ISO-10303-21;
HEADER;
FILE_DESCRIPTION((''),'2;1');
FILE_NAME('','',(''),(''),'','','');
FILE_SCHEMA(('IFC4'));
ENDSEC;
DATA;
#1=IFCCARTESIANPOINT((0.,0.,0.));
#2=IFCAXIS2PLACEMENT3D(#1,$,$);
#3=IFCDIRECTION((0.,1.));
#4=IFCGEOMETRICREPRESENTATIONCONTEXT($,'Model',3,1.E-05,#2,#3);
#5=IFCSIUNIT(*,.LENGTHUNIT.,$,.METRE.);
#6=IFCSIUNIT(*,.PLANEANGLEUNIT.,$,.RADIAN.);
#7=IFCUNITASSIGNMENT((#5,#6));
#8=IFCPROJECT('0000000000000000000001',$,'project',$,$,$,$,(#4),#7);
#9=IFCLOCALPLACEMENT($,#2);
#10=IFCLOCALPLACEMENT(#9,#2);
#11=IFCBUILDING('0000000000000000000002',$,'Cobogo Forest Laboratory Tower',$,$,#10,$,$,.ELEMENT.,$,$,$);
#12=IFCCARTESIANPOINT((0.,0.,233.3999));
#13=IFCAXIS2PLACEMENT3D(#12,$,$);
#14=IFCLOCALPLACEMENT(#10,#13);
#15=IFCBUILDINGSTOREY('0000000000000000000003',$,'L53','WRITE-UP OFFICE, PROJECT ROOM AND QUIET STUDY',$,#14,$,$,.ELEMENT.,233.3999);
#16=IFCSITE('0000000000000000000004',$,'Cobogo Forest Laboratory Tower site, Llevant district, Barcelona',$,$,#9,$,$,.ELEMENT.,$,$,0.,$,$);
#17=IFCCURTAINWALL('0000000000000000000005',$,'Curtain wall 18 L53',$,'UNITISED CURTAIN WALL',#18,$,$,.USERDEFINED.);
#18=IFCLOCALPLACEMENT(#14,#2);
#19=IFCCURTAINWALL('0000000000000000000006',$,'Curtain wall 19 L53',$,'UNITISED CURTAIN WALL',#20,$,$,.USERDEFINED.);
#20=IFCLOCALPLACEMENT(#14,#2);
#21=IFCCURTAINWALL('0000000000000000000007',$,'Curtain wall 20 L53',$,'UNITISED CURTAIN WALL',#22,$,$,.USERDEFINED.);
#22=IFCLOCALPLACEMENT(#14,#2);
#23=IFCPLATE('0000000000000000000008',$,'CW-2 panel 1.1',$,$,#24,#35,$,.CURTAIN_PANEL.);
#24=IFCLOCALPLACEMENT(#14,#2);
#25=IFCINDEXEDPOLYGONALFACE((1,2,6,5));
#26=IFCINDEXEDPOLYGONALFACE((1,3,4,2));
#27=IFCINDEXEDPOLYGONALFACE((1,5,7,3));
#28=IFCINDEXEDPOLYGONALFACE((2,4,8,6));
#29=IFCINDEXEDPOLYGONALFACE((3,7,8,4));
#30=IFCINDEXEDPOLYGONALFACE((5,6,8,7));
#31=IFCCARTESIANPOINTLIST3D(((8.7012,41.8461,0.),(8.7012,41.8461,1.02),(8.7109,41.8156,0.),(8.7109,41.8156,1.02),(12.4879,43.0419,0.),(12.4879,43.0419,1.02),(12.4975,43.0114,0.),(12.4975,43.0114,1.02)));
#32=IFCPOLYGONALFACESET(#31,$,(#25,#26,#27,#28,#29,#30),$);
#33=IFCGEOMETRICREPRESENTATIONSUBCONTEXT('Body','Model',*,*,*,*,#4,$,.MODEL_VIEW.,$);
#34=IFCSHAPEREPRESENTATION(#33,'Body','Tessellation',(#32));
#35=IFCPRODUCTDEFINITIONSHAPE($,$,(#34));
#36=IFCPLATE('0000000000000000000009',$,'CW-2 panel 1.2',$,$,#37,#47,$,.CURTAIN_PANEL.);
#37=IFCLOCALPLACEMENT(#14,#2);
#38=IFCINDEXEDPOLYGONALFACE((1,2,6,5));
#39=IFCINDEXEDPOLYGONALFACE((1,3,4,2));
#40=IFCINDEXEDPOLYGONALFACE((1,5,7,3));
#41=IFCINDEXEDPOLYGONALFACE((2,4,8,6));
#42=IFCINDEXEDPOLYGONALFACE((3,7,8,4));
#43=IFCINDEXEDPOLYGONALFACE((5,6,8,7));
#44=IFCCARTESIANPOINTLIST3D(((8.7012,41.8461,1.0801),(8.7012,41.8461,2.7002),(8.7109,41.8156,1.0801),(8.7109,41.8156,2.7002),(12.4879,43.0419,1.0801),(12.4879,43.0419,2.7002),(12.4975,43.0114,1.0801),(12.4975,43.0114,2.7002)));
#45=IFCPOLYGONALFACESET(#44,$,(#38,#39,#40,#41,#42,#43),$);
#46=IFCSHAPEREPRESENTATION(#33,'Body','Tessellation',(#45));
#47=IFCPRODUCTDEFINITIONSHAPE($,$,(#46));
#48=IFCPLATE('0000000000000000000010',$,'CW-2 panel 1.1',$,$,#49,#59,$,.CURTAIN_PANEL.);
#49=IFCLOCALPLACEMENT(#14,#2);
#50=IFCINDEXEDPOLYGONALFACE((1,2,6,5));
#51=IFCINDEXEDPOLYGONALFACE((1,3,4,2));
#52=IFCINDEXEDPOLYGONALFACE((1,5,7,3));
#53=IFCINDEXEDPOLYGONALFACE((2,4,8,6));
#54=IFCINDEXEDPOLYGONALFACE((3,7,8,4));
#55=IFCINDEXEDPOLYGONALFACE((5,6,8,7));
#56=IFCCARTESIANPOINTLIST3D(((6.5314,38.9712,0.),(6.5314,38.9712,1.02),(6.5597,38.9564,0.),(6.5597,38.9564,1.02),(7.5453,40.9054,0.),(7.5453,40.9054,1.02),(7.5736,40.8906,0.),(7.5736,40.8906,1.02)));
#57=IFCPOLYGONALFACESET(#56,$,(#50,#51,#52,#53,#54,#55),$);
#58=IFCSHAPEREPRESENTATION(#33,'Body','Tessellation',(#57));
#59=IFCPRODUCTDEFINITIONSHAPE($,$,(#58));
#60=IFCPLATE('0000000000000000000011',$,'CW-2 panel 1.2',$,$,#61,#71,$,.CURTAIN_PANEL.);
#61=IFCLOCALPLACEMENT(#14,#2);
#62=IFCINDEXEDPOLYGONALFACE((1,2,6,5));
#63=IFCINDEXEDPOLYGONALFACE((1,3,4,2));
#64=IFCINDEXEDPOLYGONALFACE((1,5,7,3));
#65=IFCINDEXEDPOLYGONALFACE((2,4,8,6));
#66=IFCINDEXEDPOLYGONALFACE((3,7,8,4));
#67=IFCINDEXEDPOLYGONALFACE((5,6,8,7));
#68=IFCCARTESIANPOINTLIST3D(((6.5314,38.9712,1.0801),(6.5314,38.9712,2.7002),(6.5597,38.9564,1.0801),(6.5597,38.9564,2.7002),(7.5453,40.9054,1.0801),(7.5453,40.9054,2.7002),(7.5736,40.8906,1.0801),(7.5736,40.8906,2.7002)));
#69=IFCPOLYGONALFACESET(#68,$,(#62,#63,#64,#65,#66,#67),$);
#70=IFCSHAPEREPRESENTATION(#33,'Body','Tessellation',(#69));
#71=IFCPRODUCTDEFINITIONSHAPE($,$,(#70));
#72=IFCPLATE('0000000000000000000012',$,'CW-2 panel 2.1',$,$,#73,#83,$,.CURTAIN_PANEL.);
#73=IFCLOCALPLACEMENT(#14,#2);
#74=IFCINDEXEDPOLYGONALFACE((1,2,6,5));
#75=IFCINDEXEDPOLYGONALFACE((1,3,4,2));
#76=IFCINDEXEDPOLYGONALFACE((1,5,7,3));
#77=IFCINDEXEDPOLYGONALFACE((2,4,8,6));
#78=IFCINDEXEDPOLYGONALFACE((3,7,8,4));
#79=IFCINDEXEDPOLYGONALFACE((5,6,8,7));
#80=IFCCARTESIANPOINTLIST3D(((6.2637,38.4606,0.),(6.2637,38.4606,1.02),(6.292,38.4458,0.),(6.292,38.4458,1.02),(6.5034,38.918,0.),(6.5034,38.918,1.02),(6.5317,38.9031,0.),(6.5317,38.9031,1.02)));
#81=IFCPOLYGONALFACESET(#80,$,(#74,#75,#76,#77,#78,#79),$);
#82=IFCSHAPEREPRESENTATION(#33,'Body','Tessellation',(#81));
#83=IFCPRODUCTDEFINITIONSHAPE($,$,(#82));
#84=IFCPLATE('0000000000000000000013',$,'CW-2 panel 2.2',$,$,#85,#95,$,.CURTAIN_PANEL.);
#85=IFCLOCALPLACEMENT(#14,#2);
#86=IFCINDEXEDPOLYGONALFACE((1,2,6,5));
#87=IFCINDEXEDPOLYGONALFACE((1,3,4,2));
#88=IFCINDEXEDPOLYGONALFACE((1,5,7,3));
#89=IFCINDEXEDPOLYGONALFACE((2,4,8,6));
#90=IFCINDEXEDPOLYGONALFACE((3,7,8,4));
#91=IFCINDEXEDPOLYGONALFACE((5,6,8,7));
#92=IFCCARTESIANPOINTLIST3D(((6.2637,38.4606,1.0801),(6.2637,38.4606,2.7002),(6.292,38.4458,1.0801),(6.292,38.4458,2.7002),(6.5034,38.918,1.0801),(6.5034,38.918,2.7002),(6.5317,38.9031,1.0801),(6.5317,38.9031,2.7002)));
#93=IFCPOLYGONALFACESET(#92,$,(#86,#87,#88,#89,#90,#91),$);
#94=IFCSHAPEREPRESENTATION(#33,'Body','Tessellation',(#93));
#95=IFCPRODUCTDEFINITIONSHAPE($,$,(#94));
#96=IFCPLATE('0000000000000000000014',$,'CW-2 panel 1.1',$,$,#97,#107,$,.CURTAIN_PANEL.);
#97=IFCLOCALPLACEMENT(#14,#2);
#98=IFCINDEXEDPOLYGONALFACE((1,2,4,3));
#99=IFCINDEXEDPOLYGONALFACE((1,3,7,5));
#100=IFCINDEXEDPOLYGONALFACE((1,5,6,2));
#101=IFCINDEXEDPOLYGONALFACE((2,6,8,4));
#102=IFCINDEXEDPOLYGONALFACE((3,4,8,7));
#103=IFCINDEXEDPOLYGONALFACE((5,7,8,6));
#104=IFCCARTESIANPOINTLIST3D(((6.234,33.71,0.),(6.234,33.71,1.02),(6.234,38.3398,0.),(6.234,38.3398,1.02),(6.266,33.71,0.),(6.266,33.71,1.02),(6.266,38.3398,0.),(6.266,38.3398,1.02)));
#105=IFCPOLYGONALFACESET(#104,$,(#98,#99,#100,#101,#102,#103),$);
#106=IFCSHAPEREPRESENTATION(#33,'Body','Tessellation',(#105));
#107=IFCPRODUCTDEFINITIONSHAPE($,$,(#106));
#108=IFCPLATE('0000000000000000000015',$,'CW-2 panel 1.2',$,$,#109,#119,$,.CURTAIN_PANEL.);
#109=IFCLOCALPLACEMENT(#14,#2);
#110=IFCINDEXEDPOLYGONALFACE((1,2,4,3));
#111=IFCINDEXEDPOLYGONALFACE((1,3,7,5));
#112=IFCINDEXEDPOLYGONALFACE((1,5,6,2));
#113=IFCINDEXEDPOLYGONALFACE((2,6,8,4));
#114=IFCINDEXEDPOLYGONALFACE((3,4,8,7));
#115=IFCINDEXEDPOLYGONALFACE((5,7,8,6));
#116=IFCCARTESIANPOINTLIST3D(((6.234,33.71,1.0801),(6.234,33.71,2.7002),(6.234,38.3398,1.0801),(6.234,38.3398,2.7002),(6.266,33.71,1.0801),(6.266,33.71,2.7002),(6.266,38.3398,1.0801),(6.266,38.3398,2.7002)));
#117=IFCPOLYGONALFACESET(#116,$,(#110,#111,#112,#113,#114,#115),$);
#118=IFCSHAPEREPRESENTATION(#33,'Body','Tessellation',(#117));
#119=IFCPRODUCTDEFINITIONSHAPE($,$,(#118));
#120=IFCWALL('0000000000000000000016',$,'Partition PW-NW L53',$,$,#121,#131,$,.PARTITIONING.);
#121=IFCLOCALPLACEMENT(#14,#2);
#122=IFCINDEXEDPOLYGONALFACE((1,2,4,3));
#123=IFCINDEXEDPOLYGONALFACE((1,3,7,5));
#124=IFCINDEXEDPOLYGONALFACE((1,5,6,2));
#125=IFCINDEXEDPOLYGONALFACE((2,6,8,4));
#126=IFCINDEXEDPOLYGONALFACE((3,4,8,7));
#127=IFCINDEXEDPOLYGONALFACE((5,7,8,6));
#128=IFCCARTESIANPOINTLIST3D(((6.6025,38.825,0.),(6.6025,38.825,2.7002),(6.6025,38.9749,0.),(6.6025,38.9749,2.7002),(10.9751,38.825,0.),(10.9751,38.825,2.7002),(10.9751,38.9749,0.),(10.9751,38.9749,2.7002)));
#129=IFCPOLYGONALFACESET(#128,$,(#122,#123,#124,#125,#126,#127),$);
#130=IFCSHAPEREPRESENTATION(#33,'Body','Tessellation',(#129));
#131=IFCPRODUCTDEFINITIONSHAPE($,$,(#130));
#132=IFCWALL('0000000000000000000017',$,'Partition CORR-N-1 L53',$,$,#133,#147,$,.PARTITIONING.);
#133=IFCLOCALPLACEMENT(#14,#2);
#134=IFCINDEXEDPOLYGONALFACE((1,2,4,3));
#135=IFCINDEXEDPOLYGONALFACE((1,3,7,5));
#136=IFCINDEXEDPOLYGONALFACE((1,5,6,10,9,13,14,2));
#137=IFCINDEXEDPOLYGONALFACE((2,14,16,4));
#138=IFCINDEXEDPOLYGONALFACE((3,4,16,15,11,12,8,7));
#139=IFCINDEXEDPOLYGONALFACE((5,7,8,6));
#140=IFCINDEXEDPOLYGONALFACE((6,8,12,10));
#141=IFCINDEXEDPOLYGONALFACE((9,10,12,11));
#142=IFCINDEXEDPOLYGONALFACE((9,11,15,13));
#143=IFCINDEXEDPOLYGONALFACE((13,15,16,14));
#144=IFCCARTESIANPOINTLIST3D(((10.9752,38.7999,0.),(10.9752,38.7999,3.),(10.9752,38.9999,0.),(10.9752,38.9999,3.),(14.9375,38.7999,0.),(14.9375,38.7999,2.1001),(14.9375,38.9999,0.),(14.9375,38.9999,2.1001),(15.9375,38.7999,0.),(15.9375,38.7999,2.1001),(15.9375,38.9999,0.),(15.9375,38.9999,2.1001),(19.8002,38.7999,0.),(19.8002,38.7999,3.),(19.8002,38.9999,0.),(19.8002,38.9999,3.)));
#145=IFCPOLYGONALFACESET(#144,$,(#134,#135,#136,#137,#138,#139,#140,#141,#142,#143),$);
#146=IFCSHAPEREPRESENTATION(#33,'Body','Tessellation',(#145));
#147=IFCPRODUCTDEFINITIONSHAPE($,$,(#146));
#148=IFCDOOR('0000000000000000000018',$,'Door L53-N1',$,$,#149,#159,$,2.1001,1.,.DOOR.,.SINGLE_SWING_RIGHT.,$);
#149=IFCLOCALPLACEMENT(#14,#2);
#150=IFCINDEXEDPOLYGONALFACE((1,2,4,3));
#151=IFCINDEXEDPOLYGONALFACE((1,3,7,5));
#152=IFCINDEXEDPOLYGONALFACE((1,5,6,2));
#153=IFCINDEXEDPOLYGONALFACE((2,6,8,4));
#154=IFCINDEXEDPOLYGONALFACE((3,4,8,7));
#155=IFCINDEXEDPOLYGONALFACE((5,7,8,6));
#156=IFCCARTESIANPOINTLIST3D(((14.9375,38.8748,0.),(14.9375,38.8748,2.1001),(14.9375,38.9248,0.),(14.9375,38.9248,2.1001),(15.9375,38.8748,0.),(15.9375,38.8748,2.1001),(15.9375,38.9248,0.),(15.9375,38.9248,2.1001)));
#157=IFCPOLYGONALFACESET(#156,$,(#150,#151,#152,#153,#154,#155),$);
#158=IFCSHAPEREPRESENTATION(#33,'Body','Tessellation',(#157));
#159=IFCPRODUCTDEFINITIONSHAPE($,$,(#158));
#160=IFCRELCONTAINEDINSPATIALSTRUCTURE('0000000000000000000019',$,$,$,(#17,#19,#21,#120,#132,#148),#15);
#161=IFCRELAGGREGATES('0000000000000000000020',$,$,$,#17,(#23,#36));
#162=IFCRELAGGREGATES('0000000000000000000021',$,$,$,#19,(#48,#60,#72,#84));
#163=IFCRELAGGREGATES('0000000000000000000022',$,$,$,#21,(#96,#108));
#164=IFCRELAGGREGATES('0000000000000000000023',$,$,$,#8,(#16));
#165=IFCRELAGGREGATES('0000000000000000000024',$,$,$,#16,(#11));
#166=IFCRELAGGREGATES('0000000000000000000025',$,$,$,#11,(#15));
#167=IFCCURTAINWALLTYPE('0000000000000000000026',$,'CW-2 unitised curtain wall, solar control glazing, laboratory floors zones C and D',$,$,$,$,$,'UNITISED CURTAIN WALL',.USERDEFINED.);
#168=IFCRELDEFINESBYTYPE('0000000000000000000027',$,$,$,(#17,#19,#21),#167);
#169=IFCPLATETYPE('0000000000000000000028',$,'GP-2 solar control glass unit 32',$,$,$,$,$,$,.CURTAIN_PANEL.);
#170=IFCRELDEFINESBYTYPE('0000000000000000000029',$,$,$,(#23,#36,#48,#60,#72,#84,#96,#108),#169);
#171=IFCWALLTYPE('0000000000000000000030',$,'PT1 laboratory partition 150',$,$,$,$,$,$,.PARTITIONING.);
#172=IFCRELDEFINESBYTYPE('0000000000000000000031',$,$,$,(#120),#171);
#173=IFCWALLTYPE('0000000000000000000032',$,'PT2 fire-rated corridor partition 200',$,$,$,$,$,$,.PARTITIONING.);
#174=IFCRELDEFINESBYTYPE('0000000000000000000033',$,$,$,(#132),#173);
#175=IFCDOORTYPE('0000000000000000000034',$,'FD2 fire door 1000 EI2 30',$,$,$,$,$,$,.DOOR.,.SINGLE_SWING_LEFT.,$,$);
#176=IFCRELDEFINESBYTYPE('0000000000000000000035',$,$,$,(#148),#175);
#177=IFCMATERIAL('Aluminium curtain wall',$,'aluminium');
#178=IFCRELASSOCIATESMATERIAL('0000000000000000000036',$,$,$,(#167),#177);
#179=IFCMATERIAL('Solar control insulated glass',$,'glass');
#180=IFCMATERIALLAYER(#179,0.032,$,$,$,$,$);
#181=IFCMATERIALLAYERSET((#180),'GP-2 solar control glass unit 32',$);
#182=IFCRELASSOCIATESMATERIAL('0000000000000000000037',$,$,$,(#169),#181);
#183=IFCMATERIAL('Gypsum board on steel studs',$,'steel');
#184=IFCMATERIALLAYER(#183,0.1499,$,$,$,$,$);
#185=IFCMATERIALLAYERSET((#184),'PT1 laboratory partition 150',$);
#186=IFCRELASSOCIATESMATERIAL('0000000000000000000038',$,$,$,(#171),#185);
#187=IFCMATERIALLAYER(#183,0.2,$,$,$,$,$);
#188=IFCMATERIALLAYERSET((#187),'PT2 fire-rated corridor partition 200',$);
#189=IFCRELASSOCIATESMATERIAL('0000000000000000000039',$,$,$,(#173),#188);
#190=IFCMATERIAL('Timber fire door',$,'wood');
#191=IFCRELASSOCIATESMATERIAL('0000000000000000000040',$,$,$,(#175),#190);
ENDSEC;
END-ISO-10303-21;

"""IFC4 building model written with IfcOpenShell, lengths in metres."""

from ifc_helpers import new_model, si_unit, direction, frame, frame_2d, origin, origin_2d, place, context, subcontext, project, spatial, rectangle, extrude, material, layer, layer_set, type_object, element, fill, aggregate, save


model = new_model("IFC4")

# Units and contexts
model_context = context("Model", 3, precision=1e-05, world=origin(), true_north=direction((0.0, 1.0)))
body_context = subcontext(model_context, "Body", "Model", "MODEL_VIEW")
ifc_project = project(units=[si_unit("LENGTHUNIT", "METRE"), si_unit("PLANEANGLEUNIT", "RADIAN")], contexts=[model_context])

# Site, building, storey
site_placement = place(None, origin())
site = spatial("IfcSite", under=ifc_project, at=site_placement, Name="Cobogo Forest Laboratory Tower site, Llevant district, Barcelona", CompositionType="ELEMENT", RefElevation=0.0)
building_placement = place(site_placement, origin())
building = spatial("IfcBuilding", under=site, at=building_placement, Name="Cobogo Forest Laboratory Tower", CompositionType="ELEMENT")
storey_placement = place(building_placement, frame((0.0, 0.0, 233.3999)))
storey = spatial("IfcBuildingStorey", under=building, at=storey_placement, Name="L53", Description="WRITE-UP OFFICE, PROJECT ROOM AND QUIET STUDY", CompositionType="ELEMENT", Elevation=233.3999)

# Curtain wall
ifc_material_1 = material(Name="Aluminium curtain wall", Category="aluminium")
curtain_wall_type = type_object("IfcCurtainWallType", Name="CW-2 unitised curtain wall, solar control glazing, laboratory floors zones C and D", ElementType="UNITISED CURTAIN WALL", PredefinedType="USERDEFINED", material=ifc_material_1)
curtain_wall_1_placement = place(storey_placement, origin())
curtain_wall_1 = element("IfcCurtainWall", 1, at=curtain_wall_1_placement, inside=storey, type_object=curtain_wall_type, Name="Curtain wall 18 L53", ObjectType="UNITISED CURTAIN WALL", PredefinedType="USERDEFINED")

# Curtain walls
curtain_wall_2_placement = place(storey_placement, origin())
curtain_wall_2 = element("IfcCurtainWall", 2, at=curtain_wall_2_placement, inside=storey, type_object=curtain_wall_type, Name="Curtain wall 19 L53", ObjectType="UNITISED CURTAIN WALL", PredefinedType="USERDEFINED")
curtain_wall_3_placement = place(storey_placement, origin())
curtain_wall_3 = element("IfcCurtainWall", 3, at=curtain_wall_3_placement, inside=storey, type_object=curtain_wall_type, Name="Curtain wall 20 L53", ObjectType="UNITISED CURTAIN WALL", PredefinedType="USERDEFINED")

# Plates
ifc_material_2 = material(Name="Solar control insulated glass", Category="glass")
ifc_layer_1 = layer(ifc_material_2, 0.032)
ifc_layer_set_1 = layer_set([ifc_layer_1], Name="GP-2 solar control glass unit 32")
plate_type = type_object("IfcPlateType", Name="GP-2 solar control glass unit 32", PredefinedType="CURTAIN_PANEL", material=ifc_layer_set_1)
plate_1_placement = place(storey_placement, frame((10.5994, 42.4287, 0.0), z_axis=(0.0, 0.0, 1.0), x_axis=(-0.953581, -0.301136, 0.0)))
plate_1 = element("IfcPlate", 4, at=plate_1_placement, type_object=plate_type, Name="CW-2 panel 1.1", PredefinedType="CURTAIN_PANEL", context=body_context, shape_type="SweptSolid", body=[
    extrude(rectangle(XDim=3.9709, YDim=0.032, at=origin_2d()), origin(), (0.0, 0.0, 1.0), 1.02),
])
plate_2_placement = place(storey_placement, frame((10.5994, 42.4287, 1.0801), z_axis=(0.0, 0.0, 1.0), x_axis=(-0.953581, -0.301136, 0.0)))
plate_2 = element("IfcPlate", 5, at=plate_2_placement, type_object=plate_type, Name="CW-2 panel 1.2", PredefinedType="CURTAIN_PANEL", context=body_context, shape_type="SweptSolid", body=[
    extrude(rectangle(XDim=3.9709, YDim=0.032, at=origin_2d()), origin(), (0.0, 0.0, 1.0), 1.6201),
])
aggregate(curtain_wall_1, [plate_1, plate_2])
plate_3_placement = place(storey_placement, frame((7.0525, 39.9309, 0.0), z_axis=(0.0, 0.0, 1.0), x_axis=(-0.464284, -0.885686, 0.0)))
plate_3 = element("IfcPlate", 6, at=plate_3_placement, type_object=plate_type, Name="CW-2 panel 1.1", PredefinedType="CURTAIN_PANEL", context=body_context, shape_type="SweptSolid", body=[
    extrude(rectangle(XDim=2.1838, YDim=0.032, at=origin_2d()), origin(), (0.0, 0.0, 1.0), 1.02),
])
plate_4_placement = place(storey_placement, frame((7.0525, 39.9309, 1.0801), z_axis=(0.0, 0.0, 1.0), x_axis=(-0.464284, -0.885686, 0.0)))
plate_4 = element("IfcPlate", 7, at=plate_4_placement, type_object=plate_type, Name="CW-2 panel 1.2", PredefinedType="CURTAIN_PANEL", context=body_context, shape_type="SweptSolid", body=[
    extrude(rectangle(XDim=2.1838, YDim=0.032, at=origin_2d()), origin(), (0.0, 0.0, 1.0), 1.6201),
])
plate_5_placement = place(storey_placement, frame((6.3977, 38.6819, 0.0), z_axis=(0.0, 0.0, 1.0), x_axis=(-0.464284, -0.885686, 0.0)))
plate_5 = element("IfcPlate", 8, at=plate_5_placement, type_object=plate_type, Name="CW-2 panel 2.1", PredefinedType="CURTAIN_PANEL", context=body_context, shape_type="SweptSolid", body=[
    extrude(rectangle(XDim=0.5164, YDim=0.032, at=origin_2d()), origin(), (0.0, 0.0, 1.0), 1.02),
])
plate_6_placement = place(storey_placement, frame((6.3977, 38.6819, 1.0801), z_axis=(0.0, 0.0, 1.0), x_axis=(-0.464284, -0.885686, 0.0)))
plate_6 = element("IfcPlate", 9, at=plate_6_placement, type_object=plate_type, Name="CW-2 panel 2.2", PredefinedType="CURTAIN_PANEL", context=body_context, shape_type="SweptSolid", body=[
    extrude(rectangle(XDim=0.5164, YDim=0.032, at=origin_2d()), origin(), (0.0, 0.0, 1.0), 1.6201),
])
aggregate(curtain_wall_2, [plate_3, plate_4, plate_5, plate_6])
plate_7_placement = place(storey_placement, frame((6.25, 36.0249, 0.0), z_axis=(0.0, 0.0, 1.0), x_axis=(0.0, -1.0, 0.0)))
plate_7 = element("IfcPlate", 10, at=plate_7_placement, type_object=plate_type, Name="CW-2 panel 1.1", PredefinedType="CURTAIN_PANEL", context=body_context, shape_type="SweptSolid", body=[
    extrude(rectangle(XDim=4.6299, YDim=0.032, at=origin_2d()), origin(), (0.0, 0.0, 1.0), 1.02),
])
plate_8_placement = place(storey_placement, frame((6.25, 36.0249, 1.0801), z_axis=(0.0, 0.0, 1.0), x_axis=(0.0, -1.0, 0.0)))
plate_8 = element("IfcPlate", 11, at=plate_8_placement, type_object=plate_type, Name="CW-2 panel 1.2", PredefinedType="CURTAIN_PANEL", context=body_context, shape_type="SweptSolid", body=[
    extrude(rectangle(XDim=4.6299, YDim=0.032, at=origin_2d()), origin(), (0.0, 0.0, 1.0), 1.6201),
])
aggregate(curtain_wall_3, [plate_7, plate_8])

# Wall
ifc_material_3 = material(Name="Gypsum board on steel studs", Category="steel")
ifc_layer_2 = layer(ifc_material_3, 0.1499)
ifc_layer_set_2 = layer_set([ifc_layer_2], Name="PT1 laboratory partition 150")
wall_type_1 = type_object("IfcWallType", Name="PT1 laboratory partition 150", PredefinedType="PARTITIONING", material=ifc_layer_set_2)
wall_1_placement = place(storey_placement, frame((6.6025, 38.8999, 0.0), z_axis=(0.0, 0.0, 1.0), x_axis=(1.0, 0.0, 0.0)))
element("IfcWall", 12, at=wall_1_placement, inside=storey, type_object=wall_type_1, Name="Partition PW-NW L53", PredefinedType="PARTITIONING", context=body_context, shape_type="SweptSolid", body=[
    extrude(rectangle(XDim=4.3726, YDim=0.1499, at=frame_2d((2.1863, 0.0))), origin(), (0.0, 0.0, 1.0), 2.7002),
])

# Wall, opening, door
ifc_layer_3 = layer(ifc_material_3, 0.2)
ifc_layer_set_3 = layer_set([ifc_layer_3], Name="PT2 fire-rated corridor partition 200")
wall_type_2 = type_object("IfcWallType", Name="PT2 fire-rated corridor partition 200", PredefinedType="PARTITIONING", material=ifc_layer_set_3)
wall_2_placement = place(storey_placement, frame((10.9751, 38.8999, 0.0), z_axis=(0.0, 0.0, 1.0), x_axis=(1.0, 0.0, 0.0)))
wall_2 = element("IfcWall", 13, at=wall_2_placement, inside=storey, type_object=wall_type_2, Name="Partition CORR-N-1 L53", PredefinedType="PARTITIONING", context=body_context, shape_type="SweptSolid", body=[
    extrude(rectangle(XDim=8.825, YDim=0.2, at=frame_2d((4.4126, 0.0))), origin(), (0.0, 0.0, 1.0), 3.0),
])
opening_placement = place(wall_2_placement, frame((3.9624, 0.0, 0.0)))
opening = element("IfcOpeningElement", 14, at=opening_placement, cuts=wall_2, PredefinedType="OPENING", context=body_context, shape_type="SweptSolid", body=[
    extrude(rectangle(XDim=1.0, YDim=2.1001, at=frame_2d((0.5, 1.05))), frame((0.0, 0.1099, 0.0), z_axis=(0.0, -1.0, 0.0), x_axis=(1.0, 0.0, 0.0)), (0.0, 0.0, 1.0), 0.22),
])
ifc_material_4 = material(Name="Timber fire door", Category="wood")
door_type = type_object("IfcDoorType", Name="FD2 fire door 1000 EI2 30", OperationType="SINGLE_SWING_LEFT", PredefinedType="DOOR", material=ifc_material_4)
door_placement = place(opening_placement, origin())
door = element("IfcDoor", 15, at=door_placement, inside=storey, type_object=door_type, Name="Door L53-N1", OperationType="SINGLE_SWING_RIGHT", OverallHeight=2.1001, OverallWidth=1.0, PredefinedType="DOOR", context=body_context, shape_type="SweptSolid", body=[
    extrude(rectangle(XDim=1.0, YDim=2.1001, at=frame_2d((0.5, 1.05))), frame((0.0, 0.0249, 0.0), z_axis=(0.0, -1.0, 0.0), x_axis=(1.0, 0.0, 0.0)), (0.0, 0.0, 1.0), 0.05),
])
fill(opening, door)

save(model, "model.ifc")
